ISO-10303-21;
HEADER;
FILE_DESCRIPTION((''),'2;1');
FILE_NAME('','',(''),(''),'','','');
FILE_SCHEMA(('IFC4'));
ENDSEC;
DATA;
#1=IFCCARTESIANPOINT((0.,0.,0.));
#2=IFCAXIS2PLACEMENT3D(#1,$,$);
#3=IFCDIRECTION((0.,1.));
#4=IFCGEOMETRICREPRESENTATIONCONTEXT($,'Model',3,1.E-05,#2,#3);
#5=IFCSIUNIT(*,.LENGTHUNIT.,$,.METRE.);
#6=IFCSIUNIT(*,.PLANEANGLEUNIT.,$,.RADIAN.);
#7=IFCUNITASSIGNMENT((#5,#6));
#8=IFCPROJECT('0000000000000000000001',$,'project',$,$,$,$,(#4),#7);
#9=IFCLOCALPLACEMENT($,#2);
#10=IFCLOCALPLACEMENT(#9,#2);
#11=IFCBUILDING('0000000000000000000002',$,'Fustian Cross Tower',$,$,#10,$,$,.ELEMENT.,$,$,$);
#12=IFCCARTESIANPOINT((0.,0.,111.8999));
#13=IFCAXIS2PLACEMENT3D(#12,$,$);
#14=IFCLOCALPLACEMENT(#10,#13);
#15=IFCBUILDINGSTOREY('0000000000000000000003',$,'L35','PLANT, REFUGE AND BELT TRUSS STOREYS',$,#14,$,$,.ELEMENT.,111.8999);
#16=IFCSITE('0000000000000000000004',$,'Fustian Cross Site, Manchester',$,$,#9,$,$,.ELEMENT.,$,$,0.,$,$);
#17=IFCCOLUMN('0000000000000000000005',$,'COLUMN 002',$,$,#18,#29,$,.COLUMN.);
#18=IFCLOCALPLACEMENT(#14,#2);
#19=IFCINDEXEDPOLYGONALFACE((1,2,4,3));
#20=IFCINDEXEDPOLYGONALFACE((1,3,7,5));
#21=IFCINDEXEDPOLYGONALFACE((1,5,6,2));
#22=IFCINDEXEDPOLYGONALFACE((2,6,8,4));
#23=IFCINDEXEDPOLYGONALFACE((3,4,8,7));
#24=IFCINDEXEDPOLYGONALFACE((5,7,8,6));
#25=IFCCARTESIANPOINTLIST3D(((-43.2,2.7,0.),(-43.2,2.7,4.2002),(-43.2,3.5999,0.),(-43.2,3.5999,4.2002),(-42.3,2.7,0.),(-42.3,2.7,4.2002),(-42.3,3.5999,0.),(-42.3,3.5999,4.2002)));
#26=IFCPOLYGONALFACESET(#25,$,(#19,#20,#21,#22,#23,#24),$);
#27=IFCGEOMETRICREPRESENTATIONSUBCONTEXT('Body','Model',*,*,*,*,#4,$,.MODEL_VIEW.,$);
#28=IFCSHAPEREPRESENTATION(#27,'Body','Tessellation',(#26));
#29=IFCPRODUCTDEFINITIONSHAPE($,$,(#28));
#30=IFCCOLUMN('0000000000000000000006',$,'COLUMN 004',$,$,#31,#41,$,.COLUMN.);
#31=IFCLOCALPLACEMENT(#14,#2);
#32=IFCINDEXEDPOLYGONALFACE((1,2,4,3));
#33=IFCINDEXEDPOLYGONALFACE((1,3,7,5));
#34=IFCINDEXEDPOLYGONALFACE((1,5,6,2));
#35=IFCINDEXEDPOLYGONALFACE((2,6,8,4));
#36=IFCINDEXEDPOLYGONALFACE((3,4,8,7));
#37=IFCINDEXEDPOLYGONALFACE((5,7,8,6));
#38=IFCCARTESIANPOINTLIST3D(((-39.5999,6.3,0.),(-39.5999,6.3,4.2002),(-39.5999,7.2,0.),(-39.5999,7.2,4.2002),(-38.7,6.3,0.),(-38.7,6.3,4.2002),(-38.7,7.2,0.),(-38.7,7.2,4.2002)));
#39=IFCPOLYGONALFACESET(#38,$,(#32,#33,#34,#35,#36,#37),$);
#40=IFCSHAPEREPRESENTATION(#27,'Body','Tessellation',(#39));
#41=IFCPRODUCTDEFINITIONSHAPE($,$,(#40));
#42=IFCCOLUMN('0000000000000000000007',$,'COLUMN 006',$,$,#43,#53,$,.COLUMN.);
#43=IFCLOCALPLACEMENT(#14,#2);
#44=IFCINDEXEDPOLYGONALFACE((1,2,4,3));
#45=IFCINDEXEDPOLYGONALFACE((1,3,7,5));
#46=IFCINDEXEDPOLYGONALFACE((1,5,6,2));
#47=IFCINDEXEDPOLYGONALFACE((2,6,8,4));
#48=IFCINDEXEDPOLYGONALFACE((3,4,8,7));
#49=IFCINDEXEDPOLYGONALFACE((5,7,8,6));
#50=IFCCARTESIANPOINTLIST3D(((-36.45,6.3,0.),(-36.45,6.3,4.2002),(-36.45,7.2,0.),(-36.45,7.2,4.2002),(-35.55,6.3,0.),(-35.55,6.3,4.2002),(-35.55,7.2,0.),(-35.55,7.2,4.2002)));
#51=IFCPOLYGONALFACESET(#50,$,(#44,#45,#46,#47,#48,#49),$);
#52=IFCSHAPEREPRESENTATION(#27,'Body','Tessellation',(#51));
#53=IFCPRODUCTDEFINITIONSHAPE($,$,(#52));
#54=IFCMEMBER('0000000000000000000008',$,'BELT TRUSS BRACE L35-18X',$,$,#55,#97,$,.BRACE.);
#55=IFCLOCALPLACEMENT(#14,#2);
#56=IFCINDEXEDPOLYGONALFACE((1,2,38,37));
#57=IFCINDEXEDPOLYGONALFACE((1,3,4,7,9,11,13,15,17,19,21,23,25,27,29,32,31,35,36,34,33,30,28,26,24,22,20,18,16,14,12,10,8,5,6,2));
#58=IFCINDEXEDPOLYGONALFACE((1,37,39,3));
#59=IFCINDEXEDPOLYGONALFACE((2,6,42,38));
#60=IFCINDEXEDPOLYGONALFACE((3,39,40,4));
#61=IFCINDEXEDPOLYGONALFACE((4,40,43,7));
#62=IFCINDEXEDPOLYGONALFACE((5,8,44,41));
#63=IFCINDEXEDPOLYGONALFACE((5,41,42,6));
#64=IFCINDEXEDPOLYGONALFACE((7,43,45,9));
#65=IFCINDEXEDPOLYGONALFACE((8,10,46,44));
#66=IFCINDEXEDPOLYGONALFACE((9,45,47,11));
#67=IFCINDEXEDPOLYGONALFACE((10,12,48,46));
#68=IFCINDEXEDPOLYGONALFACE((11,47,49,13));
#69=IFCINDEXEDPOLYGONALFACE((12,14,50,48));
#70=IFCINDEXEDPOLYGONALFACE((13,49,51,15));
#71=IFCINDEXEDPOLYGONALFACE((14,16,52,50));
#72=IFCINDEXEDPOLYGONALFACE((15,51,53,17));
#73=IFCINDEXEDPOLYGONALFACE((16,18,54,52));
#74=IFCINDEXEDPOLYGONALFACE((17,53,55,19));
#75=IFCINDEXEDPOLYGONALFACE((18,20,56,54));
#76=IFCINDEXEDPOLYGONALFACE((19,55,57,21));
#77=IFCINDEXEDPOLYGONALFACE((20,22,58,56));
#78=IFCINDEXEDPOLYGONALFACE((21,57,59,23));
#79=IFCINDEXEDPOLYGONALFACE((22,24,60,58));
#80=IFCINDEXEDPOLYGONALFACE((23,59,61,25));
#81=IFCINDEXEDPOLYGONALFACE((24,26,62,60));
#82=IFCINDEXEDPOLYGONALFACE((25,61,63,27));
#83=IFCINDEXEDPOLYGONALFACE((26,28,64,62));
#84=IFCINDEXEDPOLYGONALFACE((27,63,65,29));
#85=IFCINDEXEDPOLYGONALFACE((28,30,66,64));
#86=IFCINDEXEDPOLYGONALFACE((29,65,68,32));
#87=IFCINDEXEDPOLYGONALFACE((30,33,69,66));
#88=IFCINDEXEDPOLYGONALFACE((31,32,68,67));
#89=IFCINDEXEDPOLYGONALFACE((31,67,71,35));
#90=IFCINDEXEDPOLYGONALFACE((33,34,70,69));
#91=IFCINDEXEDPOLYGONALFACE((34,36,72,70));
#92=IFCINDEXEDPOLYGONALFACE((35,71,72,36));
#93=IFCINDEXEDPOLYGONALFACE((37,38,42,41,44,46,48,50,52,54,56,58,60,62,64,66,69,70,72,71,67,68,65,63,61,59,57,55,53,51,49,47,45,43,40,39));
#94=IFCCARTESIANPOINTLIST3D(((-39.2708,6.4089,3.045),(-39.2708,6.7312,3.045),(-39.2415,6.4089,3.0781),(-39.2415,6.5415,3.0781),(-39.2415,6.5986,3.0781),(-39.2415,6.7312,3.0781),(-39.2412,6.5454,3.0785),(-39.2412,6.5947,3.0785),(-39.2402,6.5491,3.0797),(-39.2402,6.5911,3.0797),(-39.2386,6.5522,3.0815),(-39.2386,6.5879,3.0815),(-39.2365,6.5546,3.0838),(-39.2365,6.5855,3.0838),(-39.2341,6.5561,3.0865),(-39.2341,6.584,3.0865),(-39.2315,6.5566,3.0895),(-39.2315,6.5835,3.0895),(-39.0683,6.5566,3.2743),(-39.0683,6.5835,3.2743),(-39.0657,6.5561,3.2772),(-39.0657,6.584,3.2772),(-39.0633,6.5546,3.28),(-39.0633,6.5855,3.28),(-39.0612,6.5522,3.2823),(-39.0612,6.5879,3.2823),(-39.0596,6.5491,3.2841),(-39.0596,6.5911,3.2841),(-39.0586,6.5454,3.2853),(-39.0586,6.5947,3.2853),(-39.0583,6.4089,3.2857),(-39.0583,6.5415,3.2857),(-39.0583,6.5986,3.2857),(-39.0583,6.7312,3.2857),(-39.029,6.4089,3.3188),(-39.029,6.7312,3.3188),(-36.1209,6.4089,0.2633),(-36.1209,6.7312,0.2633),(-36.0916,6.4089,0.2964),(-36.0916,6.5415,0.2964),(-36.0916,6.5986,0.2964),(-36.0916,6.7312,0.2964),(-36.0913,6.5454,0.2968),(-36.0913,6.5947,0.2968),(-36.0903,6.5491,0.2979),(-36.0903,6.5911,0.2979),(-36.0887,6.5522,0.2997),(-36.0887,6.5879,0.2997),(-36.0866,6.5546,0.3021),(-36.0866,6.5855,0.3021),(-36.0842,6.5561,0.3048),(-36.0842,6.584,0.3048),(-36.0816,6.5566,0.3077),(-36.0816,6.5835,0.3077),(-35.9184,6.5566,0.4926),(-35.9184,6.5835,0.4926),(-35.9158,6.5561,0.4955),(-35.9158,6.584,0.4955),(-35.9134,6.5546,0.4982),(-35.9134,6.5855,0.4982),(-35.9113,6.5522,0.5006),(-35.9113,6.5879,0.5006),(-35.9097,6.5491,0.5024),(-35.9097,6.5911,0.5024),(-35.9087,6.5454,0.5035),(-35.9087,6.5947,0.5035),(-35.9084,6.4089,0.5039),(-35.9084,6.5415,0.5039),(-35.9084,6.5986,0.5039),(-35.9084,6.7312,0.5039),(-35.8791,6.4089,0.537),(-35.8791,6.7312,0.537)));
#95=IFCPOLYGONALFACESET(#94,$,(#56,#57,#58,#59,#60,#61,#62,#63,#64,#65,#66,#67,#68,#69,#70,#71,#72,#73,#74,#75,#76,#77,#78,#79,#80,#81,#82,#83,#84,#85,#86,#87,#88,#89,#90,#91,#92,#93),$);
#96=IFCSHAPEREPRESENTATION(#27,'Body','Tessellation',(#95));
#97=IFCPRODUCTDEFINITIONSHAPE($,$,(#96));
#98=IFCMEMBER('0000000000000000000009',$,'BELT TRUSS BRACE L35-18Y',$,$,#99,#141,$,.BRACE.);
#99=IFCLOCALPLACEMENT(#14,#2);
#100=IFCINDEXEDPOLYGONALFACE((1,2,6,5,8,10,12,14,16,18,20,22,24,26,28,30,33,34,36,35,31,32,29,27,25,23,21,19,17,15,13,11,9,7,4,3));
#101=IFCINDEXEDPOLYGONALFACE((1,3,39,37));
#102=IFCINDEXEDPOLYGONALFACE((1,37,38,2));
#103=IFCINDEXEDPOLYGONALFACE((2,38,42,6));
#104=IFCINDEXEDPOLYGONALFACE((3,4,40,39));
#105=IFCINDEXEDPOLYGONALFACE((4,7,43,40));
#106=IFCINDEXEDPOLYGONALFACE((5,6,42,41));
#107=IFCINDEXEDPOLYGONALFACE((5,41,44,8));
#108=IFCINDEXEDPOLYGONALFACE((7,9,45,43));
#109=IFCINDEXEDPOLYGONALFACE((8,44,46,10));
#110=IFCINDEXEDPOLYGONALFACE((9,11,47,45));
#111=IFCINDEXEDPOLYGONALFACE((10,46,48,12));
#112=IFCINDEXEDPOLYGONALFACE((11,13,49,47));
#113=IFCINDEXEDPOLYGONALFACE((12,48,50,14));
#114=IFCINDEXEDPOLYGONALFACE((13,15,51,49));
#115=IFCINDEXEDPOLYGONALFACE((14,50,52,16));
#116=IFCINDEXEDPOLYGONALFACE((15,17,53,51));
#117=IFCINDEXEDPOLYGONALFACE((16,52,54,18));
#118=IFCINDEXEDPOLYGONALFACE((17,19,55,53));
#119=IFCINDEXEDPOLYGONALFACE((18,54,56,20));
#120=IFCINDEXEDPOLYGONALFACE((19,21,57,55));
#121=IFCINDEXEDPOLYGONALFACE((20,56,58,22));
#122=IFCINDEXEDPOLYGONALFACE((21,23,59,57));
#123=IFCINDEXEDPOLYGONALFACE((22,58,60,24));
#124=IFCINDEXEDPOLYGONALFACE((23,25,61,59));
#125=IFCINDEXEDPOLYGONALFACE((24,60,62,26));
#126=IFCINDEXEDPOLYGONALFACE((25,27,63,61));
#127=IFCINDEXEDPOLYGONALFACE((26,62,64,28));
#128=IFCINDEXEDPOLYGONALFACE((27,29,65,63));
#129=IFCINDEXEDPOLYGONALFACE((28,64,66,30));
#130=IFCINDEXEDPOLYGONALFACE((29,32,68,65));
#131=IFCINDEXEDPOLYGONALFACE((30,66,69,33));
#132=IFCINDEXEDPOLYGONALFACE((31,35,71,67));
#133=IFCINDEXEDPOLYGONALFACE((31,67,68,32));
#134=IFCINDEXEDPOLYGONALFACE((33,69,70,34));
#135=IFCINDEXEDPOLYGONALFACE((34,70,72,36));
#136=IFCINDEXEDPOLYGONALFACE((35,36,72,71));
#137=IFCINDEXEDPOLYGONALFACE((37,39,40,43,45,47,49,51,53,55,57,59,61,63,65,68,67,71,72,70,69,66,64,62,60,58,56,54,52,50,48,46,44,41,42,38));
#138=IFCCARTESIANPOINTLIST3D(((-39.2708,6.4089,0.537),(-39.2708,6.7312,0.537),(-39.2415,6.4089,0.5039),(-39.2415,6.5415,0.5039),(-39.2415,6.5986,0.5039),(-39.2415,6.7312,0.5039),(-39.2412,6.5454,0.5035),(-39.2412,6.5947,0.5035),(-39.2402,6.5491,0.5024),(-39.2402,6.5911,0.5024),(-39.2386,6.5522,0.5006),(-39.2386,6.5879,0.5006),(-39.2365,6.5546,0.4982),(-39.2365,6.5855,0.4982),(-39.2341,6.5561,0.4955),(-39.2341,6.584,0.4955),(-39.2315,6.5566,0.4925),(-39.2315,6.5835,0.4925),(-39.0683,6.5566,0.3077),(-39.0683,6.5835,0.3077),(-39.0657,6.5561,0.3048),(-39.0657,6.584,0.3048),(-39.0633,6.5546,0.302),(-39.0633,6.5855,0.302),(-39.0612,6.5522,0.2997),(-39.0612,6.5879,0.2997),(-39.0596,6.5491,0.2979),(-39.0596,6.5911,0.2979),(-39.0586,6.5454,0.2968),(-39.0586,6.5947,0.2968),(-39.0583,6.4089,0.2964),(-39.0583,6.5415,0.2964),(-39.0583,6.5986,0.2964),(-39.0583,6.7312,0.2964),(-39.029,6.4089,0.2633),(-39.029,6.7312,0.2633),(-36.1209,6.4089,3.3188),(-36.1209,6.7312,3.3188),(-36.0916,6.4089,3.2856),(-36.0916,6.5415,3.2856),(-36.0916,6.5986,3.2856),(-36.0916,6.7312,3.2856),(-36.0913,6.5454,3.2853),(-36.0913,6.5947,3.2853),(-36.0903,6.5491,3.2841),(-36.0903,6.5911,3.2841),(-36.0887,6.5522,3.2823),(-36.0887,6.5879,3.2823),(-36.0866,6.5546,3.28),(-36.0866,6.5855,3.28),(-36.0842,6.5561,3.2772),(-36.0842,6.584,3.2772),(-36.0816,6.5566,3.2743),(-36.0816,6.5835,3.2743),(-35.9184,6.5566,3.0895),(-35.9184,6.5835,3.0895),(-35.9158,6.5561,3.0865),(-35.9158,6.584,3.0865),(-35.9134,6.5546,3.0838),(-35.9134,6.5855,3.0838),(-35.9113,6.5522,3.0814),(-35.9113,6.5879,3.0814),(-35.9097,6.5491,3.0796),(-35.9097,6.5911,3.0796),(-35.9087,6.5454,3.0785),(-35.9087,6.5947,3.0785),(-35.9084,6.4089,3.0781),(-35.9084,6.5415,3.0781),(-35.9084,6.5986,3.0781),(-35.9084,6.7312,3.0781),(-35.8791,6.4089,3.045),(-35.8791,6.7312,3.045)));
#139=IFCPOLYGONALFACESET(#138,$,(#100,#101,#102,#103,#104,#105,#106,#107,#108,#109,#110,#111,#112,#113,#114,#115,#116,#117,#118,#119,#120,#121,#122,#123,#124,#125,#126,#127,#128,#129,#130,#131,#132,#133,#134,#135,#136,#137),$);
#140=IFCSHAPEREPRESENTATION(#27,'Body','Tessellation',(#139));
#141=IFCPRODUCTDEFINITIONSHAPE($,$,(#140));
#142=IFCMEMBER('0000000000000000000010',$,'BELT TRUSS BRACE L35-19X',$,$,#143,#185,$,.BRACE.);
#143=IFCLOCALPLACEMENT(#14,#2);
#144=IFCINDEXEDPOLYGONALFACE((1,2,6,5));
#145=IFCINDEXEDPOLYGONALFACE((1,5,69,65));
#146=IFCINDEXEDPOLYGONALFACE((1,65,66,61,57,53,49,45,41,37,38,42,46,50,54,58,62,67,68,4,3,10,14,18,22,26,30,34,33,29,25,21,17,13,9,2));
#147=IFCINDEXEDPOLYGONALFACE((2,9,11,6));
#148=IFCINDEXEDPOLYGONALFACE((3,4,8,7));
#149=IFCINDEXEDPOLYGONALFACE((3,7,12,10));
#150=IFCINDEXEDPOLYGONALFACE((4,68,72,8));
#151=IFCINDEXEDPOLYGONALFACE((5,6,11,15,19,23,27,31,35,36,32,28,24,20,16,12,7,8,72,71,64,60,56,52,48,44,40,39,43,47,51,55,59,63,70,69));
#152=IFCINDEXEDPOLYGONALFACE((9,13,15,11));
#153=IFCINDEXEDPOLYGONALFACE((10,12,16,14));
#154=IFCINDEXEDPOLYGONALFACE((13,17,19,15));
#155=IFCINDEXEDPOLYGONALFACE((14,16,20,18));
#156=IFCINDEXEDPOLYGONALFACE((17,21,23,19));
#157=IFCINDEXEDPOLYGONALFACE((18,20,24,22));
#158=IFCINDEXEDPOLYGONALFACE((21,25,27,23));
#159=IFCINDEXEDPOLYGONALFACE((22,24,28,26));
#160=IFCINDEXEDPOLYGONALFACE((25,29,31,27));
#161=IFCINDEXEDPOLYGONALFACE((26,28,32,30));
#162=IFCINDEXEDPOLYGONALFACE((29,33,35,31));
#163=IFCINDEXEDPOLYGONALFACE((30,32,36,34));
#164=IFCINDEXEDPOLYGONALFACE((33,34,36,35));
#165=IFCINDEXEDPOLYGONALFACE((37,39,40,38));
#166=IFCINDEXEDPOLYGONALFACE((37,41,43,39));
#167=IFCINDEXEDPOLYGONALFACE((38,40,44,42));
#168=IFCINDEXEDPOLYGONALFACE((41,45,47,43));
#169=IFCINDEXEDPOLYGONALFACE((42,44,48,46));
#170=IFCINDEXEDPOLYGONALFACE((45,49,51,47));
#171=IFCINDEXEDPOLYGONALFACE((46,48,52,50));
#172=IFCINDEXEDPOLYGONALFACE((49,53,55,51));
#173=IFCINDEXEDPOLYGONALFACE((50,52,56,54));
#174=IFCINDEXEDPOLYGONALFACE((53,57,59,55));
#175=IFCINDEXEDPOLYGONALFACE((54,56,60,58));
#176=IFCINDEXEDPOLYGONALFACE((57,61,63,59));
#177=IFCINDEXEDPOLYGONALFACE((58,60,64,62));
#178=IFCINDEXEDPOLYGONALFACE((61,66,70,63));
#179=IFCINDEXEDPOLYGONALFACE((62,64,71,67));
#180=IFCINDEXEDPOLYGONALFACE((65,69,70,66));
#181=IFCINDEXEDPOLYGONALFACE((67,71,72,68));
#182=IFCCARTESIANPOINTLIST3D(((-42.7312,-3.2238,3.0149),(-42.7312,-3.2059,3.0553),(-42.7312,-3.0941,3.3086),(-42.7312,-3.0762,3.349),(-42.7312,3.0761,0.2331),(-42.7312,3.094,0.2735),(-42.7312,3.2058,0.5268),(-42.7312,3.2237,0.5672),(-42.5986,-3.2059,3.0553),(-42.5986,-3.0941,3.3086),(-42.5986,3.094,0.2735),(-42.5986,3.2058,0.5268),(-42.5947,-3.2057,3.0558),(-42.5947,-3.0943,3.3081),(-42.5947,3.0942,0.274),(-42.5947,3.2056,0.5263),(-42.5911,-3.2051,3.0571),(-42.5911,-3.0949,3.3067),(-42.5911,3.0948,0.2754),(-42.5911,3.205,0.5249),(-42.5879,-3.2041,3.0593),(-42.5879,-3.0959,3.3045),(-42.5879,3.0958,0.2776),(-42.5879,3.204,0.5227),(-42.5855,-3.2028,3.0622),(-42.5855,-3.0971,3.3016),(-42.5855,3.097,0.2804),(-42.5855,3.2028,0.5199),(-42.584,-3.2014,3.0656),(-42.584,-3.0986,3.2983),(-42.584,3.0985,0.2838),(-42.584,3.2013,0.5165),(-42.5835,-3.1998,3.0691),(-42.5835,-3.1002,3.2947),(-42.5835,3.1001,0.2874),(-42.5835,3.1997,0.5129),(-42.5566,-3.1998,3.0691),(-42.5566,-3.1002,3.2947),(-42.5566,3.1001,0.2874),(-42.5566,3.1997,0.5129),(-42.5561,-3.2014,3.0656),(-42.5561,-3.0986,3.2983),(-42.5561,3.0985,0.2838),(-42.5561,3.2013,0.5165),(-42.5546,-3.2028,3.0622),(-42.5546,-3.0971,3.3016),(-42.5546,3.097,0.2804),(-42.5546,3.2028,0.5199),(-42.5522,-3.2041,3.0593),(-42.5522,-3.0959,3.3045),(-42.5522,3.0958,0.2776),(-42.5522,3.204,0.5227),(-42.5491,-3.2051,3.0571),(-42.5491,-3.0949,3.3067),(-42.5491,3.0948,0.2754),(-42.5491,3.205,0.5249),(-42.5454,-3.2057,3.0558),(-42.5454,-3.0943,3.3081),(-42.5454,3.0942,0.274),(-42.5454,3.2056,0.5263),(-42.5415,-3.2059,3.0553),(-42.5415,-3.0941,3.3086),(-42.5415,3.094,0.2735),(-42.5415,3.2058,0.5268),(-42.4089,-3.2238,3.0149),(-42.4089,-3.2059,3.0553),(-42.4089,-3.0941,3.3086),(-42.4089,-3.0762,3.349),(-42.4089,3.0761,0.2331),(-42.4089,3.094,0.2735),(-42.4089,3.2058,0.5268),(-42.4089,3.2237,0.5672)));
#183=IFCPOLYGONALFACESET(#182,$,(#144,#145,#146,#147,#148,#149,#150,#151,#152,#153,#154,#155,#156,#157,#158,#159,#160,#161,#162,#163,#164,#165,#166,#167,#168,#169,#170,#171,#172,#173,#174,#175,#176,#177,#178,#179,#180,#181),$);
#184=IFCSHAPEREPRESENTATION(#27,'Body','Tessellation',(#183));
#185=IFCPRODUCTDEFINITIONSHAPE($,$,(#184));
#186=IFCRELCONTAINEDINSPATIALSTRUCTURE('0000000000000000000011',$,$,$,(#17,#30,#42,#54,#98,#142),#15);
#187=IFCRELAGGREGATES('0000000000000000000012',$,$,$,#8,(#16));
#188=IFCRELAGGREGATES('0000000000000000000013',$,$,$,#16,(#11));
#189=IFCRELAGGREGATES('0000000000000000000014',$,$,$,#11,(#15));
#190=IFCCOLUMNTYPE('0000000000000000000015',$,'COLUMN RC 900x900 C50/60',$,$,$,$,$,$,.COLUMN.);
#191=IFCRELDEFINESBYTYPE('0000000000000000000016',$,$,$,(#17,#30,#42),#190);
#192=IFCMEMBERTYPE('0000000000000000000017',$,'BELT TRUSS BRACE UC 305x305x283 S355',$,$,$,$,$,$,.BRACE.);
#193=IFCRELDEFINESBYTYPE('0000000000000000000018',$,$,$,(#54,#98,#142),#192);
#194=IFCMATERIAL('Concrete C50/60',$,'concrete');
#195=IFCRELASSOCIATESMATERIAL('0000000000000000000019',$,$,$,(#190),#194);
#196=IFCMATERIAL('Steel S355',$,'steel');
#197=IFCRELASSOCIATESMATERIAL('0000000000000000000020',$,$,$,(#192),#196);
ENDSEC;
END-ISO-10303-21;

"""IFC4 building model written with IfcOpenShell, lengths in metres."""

from ifc_helpers import new_model, si_unit, direction, frame, origin, origin_2d, place, context, subcontext, project, spatial, rectangle, i_section, extrude, material, material_profile, profile_set, type_object, element, save


model = new_model("IFC4")

# Units and contexts
model_context = context("Model", 3, precision=1e-05, world=origin(), true_north=direction((0.0, 1.0)))
body_context = subcontext(model_context, "Body", "Model", "MODEL_VIEW")
ifc_project = project(units=[si_unit("LENGTHUNIT", "METRE"), si_unit("PLANEANGLEUNIT", "RADIAN")], contexts=[model_context])

# Site, building, storey
site_placement = place(None, origin())
site = spatial("IfcSite", under=ifc_project, at=site_placement, Name="Fustian Cross Site, Manchester", CompositionType="ELEMENT", RefElevation=0.0)
building_placement = place(site_placement, origin())
building = spatial("IfcBuilding", under=site, at=building_placement, Name="Fustian Cross Tower", CompositionType="ELEMENT")
storey_placement = place(building_placement, frame((0.0, 0.0, 111.8999)))
storey = spatial("IfcBuildingStorey", under=building, at=storey_placement, Name="L35", Description="PLANT, REFUGE AND BELT TRUSS STOREYS", CompositionType="ELEMENT", Elevation=111.8999)

# Columns
ifc_material_1 = material(Name="Concrete C50/60", Category="concrete")
ifc_material_profile_1 = material_profile(ifc_material_1, rectangle(XDim=0.8999, YDim=0.8999, at=origin_2d()), Name="RC 900x900")
ifc_profile_set_1 = profile_set([ifc_material_profile_1], Name="Concrete C50/60")
column_type = type_object("IfcColumnType", Name="COLUMN RC 900x900 C50/60", PredefinedType="COLUMN", material=ifc_profile_set_1)
for number, where, z_axis, x_axis, name in (
    (1, (-42.75, 3.1499, 0.0), (0.0, 0.0, 1.0), (1.0, 0.0, 0.0), "COLUMN 002"),
    (2, (-39.1499, 6.75, 0.0), (0.0, 0.0, 1.0), (1.0, 0.0, 0.0), "COLUMN 004"),
    (3, (-36.0, 6.75, 0.0), (0.0, 0.0, 1.0), (1.0, 0.0, 0.0), "COLUMN 006"),
):
    element("IfcColumn", number, at=place(storey_placement, frame(where, z_axis=z_axis, x_axis=x_axis)), inside=storey, type_object=column_type, Name=name, PredefinedType="COLUMN", context=body_context, shape_type="SweptSolid", body=[
        extrude(rectangle(XDim=0.8999, YDim=0.8999, at=origin_2d()), origin(), (0.0, 0.0, 1.0), 4.2002),
    ])

# Members
ifc_material_2 = material(Name="Steel S355", Category="steel")
ifc_material_profile_2 = material_profile(ifc_material_2, i_section(OverallWidth=0.3223, OverallDepth=0.3652, WebThickness=0.0269, FlangeThickness=0.0442, FilletRadius=0.0151, at=origin_2d()), Name="UC 305x305x283")
ifc_profile_set_2 = profile_set([ifc_material_profile_2], Name="Steel S355")
member_type_1 = type_object("IfcMemberType", Name="BELT TRUSS BRACE UC 305x305x283 S355", PredefinedType="BRACE", material=ifc_profile_set_2)
for number, where, z_axis, x_axis, name in (
    (4, (-36.0, 6.5701, 0.4001), (-0.749553, 0.0, 0.661944), (0.0, -1.0, 0.0), "BELT TRUSS BRACE L35-18X"),
    (5, (-36.0, 6.5701, 3.1819), (-0.749553, 0.0, -0.661944), (0.0, -1.0, 0.0), "BELT TRUSS BRACE L35-18Y"),
):
    element("IfcMember", number, at=place(storey_placement, frame(where, z_axis=z_axis, x_axis=x_axis)), inside=storey, type_object=member_type_1, Name=name, PredefinedType="BRACE", context=body_context, shape_type="SweptSolid", body=[
        extrude(i_section(OverallWidth=0.3223, OverallDepth=0.3652, WebThickness=0.0269, FlangeThickness=0.0442, FilletRadius=0.0151, at=origin_2d()), origin(), (0.0, 0.0, 1.0), 4.2024),
    ])
for number, where, z_axis, x_axis, name in (
    (6, (-42.5701, 3.1499, 0.4001), (0.0, -0.914788, 0.403933), (1.0, 0.0, 0.0), "BELT TRUSS BRACE L35-19X"),
):
    element("IfcMember", number, at=place(storey_placement, frame(where, z_axis=z_axis, x_axis=x_axis)), inside=storey, type_object=member_type_1, Name=name, PredefinedType="BRACE", context=body_context, shape_type="SweptSolid", body=[
        extrude(i_section(OverallWidth=0.3223, OverallDepth=0.3652, WebThickness=0.0269, FlangeThickness=0.0442, FilletRadius=0.0151, at=origin_2d()), origin(), (0.0, 0.0, 1.0), 6.8867),
    ])

save(model, "model.ifc")
